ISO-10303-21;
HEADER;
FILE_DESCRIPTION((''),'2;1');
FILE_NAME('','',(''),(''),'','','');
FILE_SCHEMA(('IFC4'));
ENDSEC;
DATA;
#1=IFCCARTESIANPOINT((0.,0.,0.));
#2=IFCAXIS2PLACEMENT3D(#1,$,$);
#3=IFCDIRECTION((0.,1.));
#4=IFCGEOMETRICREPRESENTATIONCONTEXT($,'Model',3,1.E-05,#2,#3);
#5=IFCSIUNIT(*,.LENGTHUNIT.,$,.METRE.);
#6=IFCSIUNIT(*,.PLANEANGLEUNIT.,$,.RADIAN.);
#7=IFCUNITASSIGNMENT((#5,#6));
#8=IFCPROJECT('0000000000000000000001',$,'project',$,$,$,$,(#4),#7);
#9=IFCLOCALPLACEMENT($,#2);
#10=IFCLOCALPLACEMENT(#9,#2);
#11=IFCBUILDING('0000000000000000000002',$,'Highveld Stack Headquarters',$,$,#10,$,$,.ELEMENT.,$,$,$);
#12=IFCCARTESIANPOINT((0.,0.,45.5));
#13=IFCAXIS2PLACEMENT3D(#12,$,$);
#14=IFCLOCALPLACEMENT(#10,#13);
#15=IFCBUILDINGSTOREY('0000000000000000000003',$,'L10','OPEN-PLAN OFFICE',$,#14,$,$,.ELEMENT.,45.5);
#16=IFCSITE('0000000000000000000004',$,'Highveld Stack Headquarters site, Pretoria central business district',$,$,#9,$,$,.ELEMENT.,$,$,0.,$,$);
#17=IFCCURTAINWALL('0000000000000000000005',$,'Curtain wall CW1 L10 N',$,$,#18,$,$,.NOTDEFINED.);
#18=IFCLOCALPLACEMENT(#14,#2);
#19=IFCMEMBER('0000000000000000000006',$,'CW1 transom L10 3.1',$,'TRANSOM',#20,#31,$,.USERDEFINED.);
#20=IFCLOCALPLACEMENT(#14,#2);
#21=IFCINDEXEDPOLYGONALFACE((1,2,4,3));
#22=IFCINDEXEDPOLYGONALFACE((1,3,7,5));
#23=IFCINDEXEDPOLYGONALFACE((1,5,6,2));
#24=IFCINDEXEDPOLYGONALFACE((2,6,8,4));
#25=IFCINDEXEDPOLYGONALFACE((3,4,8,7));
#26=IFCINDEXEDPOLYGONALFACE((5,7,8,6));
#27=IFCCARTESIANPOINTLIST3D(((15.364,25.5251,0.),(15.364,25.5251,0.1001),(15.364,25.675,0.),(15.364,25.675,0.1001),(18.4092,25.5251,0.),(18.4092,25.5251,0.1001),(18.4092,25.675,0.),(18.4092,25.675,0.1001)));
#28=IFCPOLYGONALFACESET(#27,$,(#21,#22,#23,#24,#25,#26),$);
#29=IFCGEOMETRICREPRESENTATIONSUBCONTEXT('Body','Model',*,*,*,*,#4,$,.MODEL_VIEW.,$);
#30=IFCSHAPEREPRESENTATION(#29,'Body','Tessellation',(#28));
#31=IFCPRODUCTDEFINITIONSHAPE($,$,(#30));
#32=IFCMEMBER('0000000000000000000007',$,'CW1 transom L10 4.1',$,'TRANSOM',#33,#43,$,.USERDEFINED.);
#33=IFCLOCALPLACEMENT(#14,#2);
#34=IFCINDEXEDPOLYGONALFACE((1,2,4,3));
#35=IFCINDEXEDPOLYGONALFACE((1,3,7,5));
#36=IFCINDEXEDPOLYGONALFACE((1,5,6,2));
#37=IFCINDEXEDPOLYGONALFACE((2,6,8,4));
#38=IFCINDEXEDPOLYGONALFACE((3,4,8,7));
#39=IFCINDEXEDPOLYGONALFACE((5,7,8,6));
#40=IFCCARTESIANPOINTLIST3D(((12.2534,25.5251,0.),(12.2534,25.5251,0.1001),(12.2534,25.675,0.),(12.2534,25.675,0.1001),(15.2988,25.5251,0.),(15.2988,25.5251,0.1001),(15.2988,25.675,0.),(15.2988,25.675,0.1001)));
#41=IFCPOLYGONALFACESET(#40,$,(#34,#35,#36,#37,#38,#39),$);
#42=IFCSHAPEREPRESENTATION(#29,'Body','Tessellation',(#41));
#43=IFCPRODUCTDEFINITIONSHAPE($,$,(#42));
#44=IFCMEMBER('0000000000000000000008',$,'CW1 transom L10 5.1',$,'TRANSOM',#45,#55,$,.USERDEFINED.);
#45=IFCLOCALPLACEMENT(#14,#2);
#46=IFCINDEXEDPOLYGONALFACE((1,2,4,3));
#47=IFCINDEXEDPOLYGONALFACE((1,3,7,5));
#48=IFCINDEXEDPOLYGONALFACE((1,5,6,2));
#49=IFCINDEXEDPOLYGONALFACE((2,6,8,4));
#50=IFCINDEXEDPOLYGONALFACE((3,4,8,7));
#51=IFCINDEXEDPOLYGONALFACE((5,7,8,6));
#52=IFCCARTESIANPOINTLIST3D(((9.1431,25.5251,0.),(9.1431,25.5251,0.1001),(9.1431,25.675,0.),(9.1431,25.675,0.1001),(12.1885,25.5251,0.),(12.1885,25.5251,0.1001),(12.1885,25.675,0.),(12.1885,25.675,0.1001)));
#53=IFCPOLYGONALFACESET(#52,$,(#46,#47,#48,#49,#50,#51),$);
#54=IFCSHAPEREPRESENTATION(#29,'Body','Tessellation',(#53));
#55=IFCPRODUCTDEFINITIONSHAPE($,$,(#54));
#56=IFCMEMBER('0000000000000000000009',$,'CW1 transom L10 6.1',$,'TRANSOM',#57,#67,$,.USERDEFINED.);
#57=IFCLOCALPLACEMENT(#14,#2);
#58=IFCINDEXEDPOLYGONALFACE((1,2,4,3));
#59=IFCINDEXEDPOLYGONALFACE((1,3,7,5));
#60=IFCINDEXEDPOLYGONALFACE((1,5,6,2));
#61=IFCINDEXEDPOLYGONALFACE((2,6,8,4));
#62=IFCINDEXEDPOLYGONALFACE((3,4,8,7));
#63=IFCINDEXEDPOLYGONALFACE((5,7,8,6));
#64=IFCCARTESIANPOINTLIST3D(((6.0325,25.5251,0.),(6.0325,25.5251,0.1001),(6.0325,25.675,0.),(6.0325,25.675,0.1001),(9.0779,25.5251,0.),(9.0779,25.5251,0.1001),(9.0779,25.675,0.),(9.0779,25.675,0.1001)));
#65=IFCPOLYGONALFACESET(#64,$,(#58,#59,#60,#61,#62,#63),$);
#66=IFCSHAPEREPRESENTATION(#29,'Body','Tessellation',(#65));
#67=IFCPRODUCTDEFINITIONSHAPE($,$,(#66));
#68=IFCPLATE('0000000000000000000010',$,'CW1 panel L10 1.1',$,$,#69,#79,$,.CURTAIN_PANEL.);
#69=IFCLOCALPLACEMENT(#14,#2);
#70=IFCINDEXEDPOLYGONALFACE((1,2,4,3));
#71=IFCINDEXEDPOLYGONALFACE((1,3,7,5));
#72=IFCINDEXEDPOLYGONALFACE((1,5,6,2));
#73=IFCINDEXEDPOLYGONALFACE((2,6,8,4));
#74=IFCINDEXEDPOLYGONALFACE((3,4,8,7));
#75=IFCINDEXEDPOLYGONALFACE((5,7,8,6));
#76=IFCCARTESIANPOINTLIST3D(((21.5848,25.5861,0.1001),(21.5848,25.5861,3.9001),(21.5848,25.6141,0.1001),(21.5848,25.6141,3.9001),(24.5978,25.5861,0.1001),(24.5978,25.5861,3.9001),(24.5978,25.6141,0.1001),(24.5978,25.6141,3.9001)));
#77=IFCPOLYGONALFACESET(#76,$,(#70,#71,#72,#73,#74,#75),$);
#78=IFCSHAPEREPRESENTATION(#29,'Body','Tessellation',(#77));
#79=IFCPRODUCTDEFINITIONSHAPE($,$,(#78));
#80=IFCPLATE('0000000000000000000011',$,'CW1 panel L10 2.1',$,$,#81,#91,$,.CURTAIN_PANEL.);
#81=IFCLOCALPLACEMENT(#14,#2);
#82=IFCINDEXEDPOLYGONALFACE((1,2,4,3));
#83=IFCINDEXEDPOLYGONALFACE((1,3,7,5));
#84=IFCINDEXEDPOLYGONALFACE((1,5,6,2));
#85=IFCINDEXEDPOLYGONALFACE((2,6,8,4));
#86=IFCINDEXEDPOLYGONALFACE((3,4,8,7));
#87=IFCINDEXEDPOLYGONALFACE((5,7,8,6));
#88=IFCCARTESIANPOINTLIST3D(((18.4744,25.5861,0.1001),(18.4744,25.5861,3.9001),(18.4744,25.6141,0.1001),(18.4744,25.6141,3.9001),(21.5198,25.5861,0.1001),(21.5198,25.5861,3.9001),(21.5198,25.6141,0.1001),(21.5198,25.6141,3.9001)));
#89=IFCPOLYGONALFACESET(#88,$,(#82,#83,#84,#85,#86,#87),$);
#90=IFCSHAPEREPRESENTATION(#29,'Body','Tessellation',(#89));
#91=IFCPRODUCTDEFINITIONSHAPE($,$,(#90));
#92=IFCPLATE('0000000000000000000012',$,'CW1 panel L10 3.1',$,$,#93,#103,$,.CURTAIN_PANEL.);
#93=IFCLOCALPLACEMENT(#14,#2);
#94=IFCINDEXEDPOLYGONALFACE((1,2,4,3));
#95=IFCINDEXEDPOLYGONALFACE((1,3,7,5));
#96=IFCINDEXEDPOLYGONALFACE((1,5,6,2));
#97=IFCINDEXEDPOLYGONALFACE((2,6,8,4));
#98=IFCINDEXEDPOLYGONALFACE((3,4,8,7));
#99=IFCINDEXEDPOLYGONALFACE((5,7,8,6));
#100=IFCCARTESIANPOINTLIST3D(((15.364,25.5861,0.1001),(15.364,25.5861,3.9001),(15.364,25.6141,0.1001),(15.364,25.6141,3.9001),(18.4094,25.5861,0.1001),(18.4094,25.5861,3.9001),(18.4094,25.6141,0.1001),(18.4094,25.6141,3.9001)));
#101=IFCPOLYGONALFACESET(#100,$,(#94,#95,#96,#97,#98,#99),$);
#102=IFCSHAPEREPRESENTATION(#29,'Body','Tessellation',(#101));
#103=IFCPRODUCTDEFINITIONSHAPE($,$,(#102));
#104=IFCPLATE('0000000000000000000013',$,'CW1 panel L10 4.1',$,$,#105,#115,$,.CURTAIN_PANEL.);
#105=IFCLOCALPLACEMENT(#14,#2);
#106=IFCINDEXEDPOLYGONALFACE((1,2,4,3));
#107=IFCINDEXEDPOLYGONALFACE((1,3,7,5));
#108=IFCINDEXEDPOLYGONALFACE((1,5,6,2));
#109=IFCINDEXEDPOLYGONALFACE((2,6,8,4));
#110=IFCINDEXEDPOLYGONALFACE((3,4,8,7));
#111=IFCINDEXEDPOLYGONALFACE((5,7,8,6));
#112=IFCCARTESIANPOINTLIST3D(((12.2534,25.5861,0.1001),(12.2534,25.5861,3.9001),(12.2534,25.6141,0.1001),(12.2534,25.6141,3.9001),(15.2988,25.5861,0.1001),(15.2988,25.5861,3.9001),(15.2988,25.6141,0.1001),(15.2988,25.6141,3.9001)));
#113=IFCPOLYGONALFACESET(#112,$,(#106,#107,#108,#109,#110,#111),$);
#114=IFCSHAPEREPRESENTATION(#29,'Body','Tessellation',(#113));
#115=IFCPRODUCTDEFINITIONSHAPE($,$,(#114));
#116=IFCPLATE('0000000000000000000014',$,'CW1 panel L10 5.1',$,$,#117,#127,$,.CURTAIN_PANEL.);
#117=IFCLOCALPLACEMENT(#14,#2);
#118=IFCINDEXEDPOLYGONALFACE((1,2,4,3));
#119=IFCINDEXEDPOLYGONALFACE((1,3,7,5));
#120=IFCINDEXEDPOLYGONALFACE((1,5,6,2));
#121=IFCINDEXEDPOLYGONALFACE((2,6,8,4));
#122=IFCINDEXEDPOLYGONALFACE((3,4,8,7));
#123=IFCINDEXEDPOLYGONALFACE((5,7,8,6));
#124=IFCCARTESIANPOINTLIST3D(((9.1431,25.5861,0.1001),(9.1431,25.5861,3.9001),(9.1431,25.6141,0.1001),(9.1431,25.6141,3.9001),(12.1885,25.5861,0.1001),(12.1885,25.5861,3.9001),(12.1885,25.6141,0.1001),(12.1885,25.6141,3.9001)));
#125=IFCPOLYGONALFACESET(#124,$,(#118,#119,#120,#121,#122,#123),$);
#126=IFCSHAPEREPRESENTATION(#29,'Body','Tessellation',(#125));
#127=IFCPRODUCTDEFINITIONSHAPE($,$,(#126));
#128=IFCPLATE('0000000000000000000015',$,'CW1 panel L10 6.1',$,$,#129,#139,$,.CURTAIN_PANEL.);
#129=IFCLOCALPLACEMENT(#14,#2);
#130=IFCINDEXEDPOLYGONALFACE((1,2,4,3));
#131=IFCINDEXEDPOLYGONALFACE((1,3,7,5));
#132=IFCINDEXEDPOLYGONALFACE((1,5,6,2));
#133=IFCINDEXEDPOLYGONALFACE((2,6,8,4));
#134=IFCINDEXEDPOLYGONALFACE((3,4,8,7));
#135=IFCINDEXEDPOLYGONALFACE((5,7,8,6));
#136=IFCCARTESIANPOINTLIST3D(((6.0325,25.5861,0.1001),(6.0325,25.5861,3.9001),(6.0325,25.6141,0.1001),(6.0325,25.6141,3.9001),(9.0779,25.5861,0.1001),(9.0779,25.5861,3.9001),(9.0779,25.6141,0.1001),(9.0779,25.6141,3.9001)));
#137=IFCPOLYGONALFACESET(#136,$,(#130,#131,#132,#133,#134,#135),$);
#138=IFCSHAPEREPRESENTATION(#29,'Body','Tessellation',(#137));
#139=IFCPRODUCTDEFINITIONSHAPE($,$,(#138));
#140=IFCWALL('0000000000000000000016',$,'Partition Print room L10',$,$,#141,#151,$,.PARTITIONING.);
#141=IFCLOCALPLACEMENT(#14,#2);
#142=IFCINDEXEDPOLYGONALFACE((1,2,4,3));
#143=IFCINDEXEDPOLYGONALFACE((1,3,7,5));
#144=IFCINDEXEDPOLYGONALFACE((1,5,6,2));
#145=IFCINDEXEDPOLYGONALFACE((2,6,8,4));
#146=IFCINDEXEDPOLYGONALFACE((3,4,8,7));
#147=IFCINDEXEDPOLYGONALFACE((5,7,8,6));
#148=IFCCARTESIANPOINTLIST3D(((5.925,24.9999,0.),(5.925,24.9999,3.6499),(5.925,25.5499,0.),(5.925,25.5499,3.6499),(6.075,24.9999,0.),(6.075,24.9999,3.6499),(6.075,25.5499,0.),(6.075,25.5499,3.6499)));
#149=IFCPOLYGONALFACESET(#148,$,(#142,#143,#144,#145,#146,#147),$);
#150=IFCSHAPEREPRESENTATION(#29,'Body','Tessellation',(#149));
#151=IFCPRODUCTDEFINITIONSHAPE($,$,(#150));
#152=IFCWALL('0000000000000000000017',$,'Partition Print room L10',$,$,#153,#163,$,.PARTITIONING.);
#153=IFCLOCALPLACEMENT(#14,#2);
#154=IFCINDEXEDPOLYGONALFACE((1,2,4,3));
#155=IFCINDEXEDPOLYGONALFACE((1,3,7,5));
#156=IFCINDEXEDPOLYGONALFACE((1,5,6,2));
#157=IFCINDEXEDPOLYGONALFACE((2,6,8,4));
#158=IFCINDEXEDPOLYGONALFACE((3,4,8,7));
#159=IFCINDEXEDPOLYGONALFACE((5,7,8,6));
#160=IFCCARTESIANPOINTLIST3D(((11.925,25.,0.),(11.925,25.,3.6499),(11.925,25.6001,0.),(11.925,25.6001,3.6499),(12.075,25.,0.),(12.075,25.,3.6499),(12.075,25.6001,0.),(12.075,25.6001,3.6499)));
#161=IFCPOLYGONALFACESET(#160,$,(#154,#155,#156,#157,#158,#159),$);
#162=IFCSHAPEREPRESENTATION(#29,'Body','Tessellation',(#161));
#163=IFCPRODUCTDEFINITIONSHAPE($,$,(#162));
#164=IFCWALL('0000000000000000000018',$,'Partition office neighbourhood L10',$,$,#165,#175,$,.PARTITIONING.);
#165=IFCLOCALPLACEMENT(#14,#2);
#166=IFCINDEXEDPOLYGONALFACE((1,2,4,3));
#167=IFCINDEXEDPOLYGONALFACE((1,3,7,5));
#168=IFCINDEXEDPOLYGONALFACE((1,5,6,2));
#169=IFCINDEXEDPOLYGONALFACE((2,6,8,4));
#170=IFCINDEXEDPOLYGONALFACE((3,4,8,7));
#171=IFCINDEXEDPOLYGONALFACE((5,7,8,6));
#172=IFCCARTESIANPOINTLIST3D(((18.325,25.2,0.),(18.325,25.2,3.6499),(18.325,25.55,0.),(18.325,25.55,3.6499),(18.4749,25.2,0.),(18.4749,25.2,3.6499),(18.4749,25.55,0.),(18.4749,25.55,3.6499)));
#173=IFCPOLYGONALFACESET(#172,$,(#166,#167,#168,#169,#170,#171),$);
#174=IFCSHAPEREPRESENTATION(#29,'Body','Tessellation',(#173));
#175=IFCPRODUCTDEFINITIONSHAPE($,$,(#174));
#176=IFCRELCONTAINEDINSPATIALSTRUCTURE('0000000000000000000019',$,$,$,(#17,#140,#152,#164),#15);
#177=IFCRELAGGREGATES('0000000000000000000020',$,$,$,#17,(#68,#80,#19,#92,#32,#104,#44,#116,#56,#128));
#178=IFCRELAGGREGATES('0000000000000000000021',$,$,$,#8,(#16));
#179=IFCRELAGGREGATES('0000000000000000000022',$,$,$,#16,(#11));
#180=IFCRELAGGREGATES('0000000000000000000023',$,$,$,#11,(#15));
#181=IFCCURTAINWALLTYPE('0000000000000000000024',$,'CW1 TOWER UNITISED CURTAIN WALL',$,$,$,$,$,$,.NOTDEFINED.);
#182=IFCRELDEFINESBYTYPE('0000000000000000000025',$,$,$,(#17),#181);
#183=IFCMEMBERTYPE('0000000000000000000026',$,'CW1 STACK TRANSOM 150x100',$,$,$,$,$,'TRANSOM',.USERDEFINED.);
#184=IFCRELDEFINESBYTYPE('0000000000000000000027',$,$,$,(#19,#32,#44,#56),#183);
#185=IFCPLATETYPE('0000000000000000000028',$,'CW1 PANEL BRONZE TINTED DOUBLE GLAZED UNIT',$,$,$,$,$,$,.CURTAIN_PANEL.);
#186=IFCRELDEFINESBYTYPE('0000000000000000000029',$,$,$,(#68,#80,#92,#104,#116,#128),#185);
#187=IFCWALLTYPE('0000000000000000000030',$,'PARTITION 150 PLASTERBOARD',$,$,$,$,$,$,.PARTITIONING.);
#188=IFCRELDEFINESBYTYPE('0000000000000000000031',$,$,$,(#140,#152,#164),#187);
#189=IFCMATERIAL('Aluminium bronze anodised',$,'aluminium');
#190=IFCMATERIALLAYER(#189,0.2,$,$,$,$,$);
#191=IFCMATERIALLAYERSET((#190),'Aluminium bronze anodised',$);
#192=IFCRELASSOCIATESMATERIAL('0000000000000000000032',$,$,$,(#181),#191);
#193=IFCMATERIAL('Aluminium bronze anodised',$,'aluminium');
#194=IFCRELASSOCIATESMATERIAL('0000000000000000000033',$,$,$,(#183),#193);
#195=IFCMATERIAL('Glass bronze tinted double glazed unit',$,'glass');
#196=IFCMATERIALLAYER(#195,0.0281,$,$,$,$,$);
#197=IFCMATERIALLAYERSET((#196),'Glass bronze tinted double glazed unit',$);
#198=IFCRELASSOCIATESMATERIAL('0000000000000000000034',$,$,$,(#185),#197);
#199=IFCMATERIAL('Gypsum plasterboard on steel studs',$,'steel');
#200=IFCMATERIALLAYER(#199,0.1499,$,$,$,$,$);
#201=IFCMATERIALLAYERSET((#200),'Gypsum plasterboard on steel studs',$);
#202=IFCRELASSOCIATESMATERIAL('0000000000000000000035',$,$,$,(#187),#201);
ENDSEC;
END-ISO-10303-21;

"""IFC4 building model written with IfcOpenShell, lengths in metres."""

from ifc_helpers import new_model, si_unit, direction, frame, frame_2d, origin, origin_2d, place, context, subcontext, project, spatial, rectangle, extrude, material, layer, layer_set, material_profile, profile_set, type_object, element, aggregate, save


model = new_model("IFC4")

# Units and contexts
model_context = context("Model", 3, precision=1e-05, world=origin(), true_north=direction((0.0, 1.0)))
body_context = subcontext(model_context, "Body", "Model", "MODEL_VIEW")
ifc_project = project(units=[si_unit("LENGTHUNIT", "METRE"), si_unit("PLANEANGLEUNIT", "RADIAN")], contexts=[model_context])

# Site, building, storey
site_placement = place(None, origin())
site = spatial("IfcSite", under=ifc_project, at=site_placement, Name="Highveld Stack Headquarters site, Pretoria central business district", CompositionType="ELEMENT", RefElevation=0.0)
building_placement = place(site_placement, origin())
building = spatial("IfcBuilding", under=site, at=building_placement, Name="Highveld Stack Headquarters", CompositionType="ELEMENT")
storey_placement = place(building_placement, frame((0.0, 0.0, 45.5)))
storey = spatial("IfcBuildingStorey", under=building, at=storey_placement, Name="L10", Description="OPEN-PLAN OFFICE", CompositionType="ELEMENT", Elevation=45.5)

# Curtain wall, members, plates
ifc_material_1 = material(Name="Aluminium bronze anodised", Category="aluminium")
ifc_layer_1 = layer(ifc_material_1, 0.2)
ifc_layer_set_1 = layer_set([ifc_layer_1], Name="Aluminium bronze anodised")
curtain_wall_type = type_object("IfcCurtainWallType", Name="CW1 TOWER UNITISED CURTAIN WALL", PredefinedType="NOTDEFINED", material=ifc_layer_set_1)
curtain_wall_placement = place(storey_placement, origin())
curtain_wall = element("IfcCurtainWall", 1, at=curtain_wall_placement, inside=storey, type_object=curtain_wall_type, Name="Curtain wall CW1 L10 N", PredefinedType="NOTDEFINED")
ifc_material_2 = material(Name="Aluminium bronze anodised", Category="aluminium")
ifc_material_profile_1 = material_profile(ifc_material_2, rectangle(XDim=0.1499, YDim=0.1001, at=origin_2d()), Name="CW1 TRANSOM 150x100")
ifc_profile_set_1 = profile_set([ifc_material_profile_1], Name="Aluminium bronze anodised")
member_type_1 = type_object("IfcMemberType", Name="CW1 STACK TRANSOM 150x100", ElementType="TRANSOM", PredefinedType="USERDEFINED", material=ifc_profile_set_1)
member_1_placement = place(storey_placement, frame((18.4092, 25.6001, 0.05), z_axis=(-1.0, 0.0, 0.0), x_axis=(0.0, -1.0, 0.0)))
member_1 = element("IfcMember", 2, at=member_1_placement, type_object=member_type_1, Name="CW1 transom L10 3.1", ObjectType="TRANSOM", PredefinedType="USERDEFINED", context=body_context, shape_type="SweptSolid", body=[
    extrude(rectangle(XDim=0.1499, YDim=0.1001, at=origin_2d()), origin(), (0.0, 0.0, 1.0), 3.0452),
])
member_2_placement = place(storey_placement, frame((15.2988, 25.6001, 0.05), z_axis=(-1.0, 0.0, 0.0), x_axis=(0.0, -1.0, 0.0)))
member_2 = element("IfcMember", 3, at=member_2_placement, type_object=member_type_1, Name="CW1 transom L10 4.1", ObjectType="TRANSOM", PredefinedType="USERDEFINED", context=body_context, shape_type="SweptSolid", body=[
    extrude(rectangle(XDim=0.1499, YDim=0.1001, at=origin_2d()), origin(), (0.0, 0.0, 1.0), 3.0454),
])
member_3_placement = place(storey_placement, frame((12.1885, 25.6001, 0.05), z_axis=(-1.0, 0.0, 0.0), x_axis=(0.0, -1.0, 0.0)))
member_3 = element("IfcMember", 4, at=member_3_placement, type_object=member_type_1, Name="CW1 transom L10 5.1", ObjectType="TRANSOM", PredefinedType="USERDEFINED", context=body_context, shape_type="SweptSolid", body=[
    extrude(rectangle(XDim=0.1499, YDim=0.1001, at=origin_2d()), origin(), (0.0, 0.0, 1.0), 3.0454),
])
member_4_placement = place(storey_placement, frame((9.0779, 25.6001, 0.05), z_axis=(-1.0, 0.0, 0.0), x_axis=(0.0, -1.0, 0.0)))
member_4 = element("IfcMember", 5, at=member_4_placement, type_object=member_type_1, Name="CW1 transom L10 6.1", ObjectType="TRANSOM", PredefinedType="USERDEFINED", context=body_context, shape_type="SweptSolid", body=[
    extrude(rectangle(XDim=0.1499, YDim=0.1001, at=origin_2d()), origin(), (0.0, 0.0, 1.0), 3.0454),
])
ifc_material_3 = material(Name="Glass bronze tinted double glazed unit", Category="glass")
ifc_layer_2 = layer(ifc_material_3, 0.0281)
ifc_layer_set_2 = layer_set([ifc_layer_2], Name="Glass bronze tinted double glazed unit")
plate_type = type_object("IfcPlateType", Name="CW1 PANEL BRONZE TINTED DOUBLE GLAZED UNIT", PredefinedType="CURTAIN_PANEL", material=ifc_layer_set_2)
plate_1_placement = place(storey_placement, frame((23.0913, 25.6001, 0.1001), z_axis=(0.0, 0.0, 1.0), x_axis=(-1.0, 0.0, 0.0)))
plate_1 = element("IfcPlate", 6, at=plate_1_placement, type_object=plate_type, Name="CW1 panel L10 1.1", PredefinedType="CURTAIN_PANEL", context=body_context, shape_type="SweptSolid", body=[
    extrude(rectangle(XDim=3.0129, YDim=0.0281, at=origin_2d()), origin(), (0.0, 0.0, 1.0), 3.8),
])
plate_2_placement = place(storey_placement, frame((19.9971, 25.6001, 0.1001), z_axis=(0.0, 0.0, 1.0), x_axis=(-1.0, 0.0, 0.0)))
plate_2 = element("IfcPlate", 7, at=plate_2_placement, type_object=plate_type, Name="CW1 panel L10 2.1", PredefinedType="CURTAIN_PANEL", context=body_context, shape_type="SweptSolid", body=[
    extrude(rectangle(XDim=3.0454, YDim=0.0281, at=origin_2d()), origin(), (0.0, 0.0, 1.0), 3.8),
])
plate_3_placement = place(storey_placement, frame((16.8867, 25.6001, 0.1001), z_axis=(0.0, 0.0, 1.0), x_axis=(-1.0, 0.0, 0.0)))
plate_3 = element("IfcPlate", 8, at=plate_3_placement, type_object=plate_type, Name="CW1 panel L10 3.1", PredefinedType="CURTAIN_PANEL", context=body_context, shape_type="SweptSolid", body=[
    extrude(rectangle(XDim=3.0454, YDim=0.0281, at=origin_2d()), origin(), (0.0, 0.0, 1.0), 3.8),
])
plate_4_placement = place(storey_placement, frame((13.7761, 25.6001, 0.1001), z_axis=(0.0, 0.0, 1.0), x_axis=(-1.0, 0.0, 0.0)))
plate_4 = element("IfcPlate", 9, at=plate_4_placement, type_object=plate_type, Name="CW1 panel L10 4.1", PredefinedType="CURTAIN_PANEL", context=body_context, shape_type="SweptSolid", body=[
    extrude(rectangle(XDim=3.0454, YDim=0.0281, at=origin_2d()), origin(), (0.0, 0.0, 1.0), 3.8),
])
plate_5_placement = place(storey_placement, frame((10.6658, 25.6001, 0.1001), z_axis=(0.0, 0.0, 1.0), x_axis=(-1.0, 0.0, 0.0)))
plate_5 = element("IfcPlate", 10, at=plate_5_placement, type_object=plate_type, Name="CW1 panel L10 5.1", PredefinedType="CURTAIN_PANEL", context=body_context, shape_type="SweptSolid", body=[
    extrude(rectangle(XDim=3.0454, YDim=0.0281, at=origin_2d()), origin(), (0.0, 0.0, 1.0), 3.8),
])
plate_6_placement = place(storey_placement, frame((7.5552, 25.6001, 0.1001), z_axis=(0.0, 0.0, 1.0), x_axis=(-1.0, 0.0, 0.0)))
plate_6 = element("IfcPlate", 11, at=plate_6_placement, type_object=plate_type, Name="CW1 panel L10 6.1", PredefinedType="CURTAIN_PANEL", context=body_context, shape_type="SweptSolid", body=[
    extrude(rectangle(XDim=3.0454, YDim=0.0281, at=origin_2d()), origin(), (0.0, 0.0, 1.0), 3.8),
])
aggregate(curtain_wall, [plate_1, plate_2, member_1, plate_3, member_2, plate_4, member_3, plate_5, member_4, plate_6])

# Walls
ifc_material_4 = material(Name="Gypsum plasterboard on steel studs", Category="steel")
ifc_layer_3 = layer(ifc_material_4, 0.1499)
ifc_layer_set_3 = layer_set([ifc_layer_3], Name="Gypsum plasterboard on steel studs")
wall_type = type_object("IfcWallType", Name="PARTITION 150 PLASTERBOARD", PredefinedType="PARTITIONING", material=ifc_layer_set_3)
wall_1_placement = place(storey_placement, frame((6.0, 25.0, 0.0), z_axis=(0.0, 0.0, 1.0), x_axis=(0.0, 1.0, 0.0)))
element("IfcWall", 12, at=wall_1_placement, inside=storey, type_object=wall_type, Name="Partition Print room L10", PredefinedType="PARTITIONING", context=body_context, shape_type="SweptSolid", body=[
    extrude(rectangle(XDim=0.55, YDim=0.1499, at=frame_2d((0.2749, 0.0))), origin(), (0.0, 0.0, 1.0), 3.6499),
])
wall_2_placement = place(storey_placement, frame((12.0, 25.0, 0.0), z_axis=(0.0, 0.0, 1.0), x_axis=(0.0, 1.0, 0.0)))
element("IfcWall", 13, at=wall_2_placement, inside=storey, type_object=wall_type, Name="Partition Print room L10", PredefinedType="PARTITIONING", context=body_context, shape_type="SweptSolid", body=[
    extrude(rectangle(XDim=0.6001, YDim=0.1499, at=frame_2d((0.3, 0.0))), origin(), (0.0, 0.0, 1.0), 3.6499),
])
wall_3_placement = place(storey_placement, frame((18.3999, 25.2, 0.0), z_axis=(0.0, 0.0, 1.0), x_axis=(0.0, 1.0, 0.0)))
element("IfcWall", 14, at=wall_3_placement, inside=storey, type_object=wall_type, Name="Partition office neighbourhood L10", PredefinedType="PARTITIONING", context=body_context, shape_type="SweptSolid", body=[
    extrude(rectangle(XDim=0.3501, YDim=0.1499, at=frame_2d((0.175, 0.0))), origin(), (0.0, 0.0, 1.0), 3.6499),
])

save(model, "model.ifc")
